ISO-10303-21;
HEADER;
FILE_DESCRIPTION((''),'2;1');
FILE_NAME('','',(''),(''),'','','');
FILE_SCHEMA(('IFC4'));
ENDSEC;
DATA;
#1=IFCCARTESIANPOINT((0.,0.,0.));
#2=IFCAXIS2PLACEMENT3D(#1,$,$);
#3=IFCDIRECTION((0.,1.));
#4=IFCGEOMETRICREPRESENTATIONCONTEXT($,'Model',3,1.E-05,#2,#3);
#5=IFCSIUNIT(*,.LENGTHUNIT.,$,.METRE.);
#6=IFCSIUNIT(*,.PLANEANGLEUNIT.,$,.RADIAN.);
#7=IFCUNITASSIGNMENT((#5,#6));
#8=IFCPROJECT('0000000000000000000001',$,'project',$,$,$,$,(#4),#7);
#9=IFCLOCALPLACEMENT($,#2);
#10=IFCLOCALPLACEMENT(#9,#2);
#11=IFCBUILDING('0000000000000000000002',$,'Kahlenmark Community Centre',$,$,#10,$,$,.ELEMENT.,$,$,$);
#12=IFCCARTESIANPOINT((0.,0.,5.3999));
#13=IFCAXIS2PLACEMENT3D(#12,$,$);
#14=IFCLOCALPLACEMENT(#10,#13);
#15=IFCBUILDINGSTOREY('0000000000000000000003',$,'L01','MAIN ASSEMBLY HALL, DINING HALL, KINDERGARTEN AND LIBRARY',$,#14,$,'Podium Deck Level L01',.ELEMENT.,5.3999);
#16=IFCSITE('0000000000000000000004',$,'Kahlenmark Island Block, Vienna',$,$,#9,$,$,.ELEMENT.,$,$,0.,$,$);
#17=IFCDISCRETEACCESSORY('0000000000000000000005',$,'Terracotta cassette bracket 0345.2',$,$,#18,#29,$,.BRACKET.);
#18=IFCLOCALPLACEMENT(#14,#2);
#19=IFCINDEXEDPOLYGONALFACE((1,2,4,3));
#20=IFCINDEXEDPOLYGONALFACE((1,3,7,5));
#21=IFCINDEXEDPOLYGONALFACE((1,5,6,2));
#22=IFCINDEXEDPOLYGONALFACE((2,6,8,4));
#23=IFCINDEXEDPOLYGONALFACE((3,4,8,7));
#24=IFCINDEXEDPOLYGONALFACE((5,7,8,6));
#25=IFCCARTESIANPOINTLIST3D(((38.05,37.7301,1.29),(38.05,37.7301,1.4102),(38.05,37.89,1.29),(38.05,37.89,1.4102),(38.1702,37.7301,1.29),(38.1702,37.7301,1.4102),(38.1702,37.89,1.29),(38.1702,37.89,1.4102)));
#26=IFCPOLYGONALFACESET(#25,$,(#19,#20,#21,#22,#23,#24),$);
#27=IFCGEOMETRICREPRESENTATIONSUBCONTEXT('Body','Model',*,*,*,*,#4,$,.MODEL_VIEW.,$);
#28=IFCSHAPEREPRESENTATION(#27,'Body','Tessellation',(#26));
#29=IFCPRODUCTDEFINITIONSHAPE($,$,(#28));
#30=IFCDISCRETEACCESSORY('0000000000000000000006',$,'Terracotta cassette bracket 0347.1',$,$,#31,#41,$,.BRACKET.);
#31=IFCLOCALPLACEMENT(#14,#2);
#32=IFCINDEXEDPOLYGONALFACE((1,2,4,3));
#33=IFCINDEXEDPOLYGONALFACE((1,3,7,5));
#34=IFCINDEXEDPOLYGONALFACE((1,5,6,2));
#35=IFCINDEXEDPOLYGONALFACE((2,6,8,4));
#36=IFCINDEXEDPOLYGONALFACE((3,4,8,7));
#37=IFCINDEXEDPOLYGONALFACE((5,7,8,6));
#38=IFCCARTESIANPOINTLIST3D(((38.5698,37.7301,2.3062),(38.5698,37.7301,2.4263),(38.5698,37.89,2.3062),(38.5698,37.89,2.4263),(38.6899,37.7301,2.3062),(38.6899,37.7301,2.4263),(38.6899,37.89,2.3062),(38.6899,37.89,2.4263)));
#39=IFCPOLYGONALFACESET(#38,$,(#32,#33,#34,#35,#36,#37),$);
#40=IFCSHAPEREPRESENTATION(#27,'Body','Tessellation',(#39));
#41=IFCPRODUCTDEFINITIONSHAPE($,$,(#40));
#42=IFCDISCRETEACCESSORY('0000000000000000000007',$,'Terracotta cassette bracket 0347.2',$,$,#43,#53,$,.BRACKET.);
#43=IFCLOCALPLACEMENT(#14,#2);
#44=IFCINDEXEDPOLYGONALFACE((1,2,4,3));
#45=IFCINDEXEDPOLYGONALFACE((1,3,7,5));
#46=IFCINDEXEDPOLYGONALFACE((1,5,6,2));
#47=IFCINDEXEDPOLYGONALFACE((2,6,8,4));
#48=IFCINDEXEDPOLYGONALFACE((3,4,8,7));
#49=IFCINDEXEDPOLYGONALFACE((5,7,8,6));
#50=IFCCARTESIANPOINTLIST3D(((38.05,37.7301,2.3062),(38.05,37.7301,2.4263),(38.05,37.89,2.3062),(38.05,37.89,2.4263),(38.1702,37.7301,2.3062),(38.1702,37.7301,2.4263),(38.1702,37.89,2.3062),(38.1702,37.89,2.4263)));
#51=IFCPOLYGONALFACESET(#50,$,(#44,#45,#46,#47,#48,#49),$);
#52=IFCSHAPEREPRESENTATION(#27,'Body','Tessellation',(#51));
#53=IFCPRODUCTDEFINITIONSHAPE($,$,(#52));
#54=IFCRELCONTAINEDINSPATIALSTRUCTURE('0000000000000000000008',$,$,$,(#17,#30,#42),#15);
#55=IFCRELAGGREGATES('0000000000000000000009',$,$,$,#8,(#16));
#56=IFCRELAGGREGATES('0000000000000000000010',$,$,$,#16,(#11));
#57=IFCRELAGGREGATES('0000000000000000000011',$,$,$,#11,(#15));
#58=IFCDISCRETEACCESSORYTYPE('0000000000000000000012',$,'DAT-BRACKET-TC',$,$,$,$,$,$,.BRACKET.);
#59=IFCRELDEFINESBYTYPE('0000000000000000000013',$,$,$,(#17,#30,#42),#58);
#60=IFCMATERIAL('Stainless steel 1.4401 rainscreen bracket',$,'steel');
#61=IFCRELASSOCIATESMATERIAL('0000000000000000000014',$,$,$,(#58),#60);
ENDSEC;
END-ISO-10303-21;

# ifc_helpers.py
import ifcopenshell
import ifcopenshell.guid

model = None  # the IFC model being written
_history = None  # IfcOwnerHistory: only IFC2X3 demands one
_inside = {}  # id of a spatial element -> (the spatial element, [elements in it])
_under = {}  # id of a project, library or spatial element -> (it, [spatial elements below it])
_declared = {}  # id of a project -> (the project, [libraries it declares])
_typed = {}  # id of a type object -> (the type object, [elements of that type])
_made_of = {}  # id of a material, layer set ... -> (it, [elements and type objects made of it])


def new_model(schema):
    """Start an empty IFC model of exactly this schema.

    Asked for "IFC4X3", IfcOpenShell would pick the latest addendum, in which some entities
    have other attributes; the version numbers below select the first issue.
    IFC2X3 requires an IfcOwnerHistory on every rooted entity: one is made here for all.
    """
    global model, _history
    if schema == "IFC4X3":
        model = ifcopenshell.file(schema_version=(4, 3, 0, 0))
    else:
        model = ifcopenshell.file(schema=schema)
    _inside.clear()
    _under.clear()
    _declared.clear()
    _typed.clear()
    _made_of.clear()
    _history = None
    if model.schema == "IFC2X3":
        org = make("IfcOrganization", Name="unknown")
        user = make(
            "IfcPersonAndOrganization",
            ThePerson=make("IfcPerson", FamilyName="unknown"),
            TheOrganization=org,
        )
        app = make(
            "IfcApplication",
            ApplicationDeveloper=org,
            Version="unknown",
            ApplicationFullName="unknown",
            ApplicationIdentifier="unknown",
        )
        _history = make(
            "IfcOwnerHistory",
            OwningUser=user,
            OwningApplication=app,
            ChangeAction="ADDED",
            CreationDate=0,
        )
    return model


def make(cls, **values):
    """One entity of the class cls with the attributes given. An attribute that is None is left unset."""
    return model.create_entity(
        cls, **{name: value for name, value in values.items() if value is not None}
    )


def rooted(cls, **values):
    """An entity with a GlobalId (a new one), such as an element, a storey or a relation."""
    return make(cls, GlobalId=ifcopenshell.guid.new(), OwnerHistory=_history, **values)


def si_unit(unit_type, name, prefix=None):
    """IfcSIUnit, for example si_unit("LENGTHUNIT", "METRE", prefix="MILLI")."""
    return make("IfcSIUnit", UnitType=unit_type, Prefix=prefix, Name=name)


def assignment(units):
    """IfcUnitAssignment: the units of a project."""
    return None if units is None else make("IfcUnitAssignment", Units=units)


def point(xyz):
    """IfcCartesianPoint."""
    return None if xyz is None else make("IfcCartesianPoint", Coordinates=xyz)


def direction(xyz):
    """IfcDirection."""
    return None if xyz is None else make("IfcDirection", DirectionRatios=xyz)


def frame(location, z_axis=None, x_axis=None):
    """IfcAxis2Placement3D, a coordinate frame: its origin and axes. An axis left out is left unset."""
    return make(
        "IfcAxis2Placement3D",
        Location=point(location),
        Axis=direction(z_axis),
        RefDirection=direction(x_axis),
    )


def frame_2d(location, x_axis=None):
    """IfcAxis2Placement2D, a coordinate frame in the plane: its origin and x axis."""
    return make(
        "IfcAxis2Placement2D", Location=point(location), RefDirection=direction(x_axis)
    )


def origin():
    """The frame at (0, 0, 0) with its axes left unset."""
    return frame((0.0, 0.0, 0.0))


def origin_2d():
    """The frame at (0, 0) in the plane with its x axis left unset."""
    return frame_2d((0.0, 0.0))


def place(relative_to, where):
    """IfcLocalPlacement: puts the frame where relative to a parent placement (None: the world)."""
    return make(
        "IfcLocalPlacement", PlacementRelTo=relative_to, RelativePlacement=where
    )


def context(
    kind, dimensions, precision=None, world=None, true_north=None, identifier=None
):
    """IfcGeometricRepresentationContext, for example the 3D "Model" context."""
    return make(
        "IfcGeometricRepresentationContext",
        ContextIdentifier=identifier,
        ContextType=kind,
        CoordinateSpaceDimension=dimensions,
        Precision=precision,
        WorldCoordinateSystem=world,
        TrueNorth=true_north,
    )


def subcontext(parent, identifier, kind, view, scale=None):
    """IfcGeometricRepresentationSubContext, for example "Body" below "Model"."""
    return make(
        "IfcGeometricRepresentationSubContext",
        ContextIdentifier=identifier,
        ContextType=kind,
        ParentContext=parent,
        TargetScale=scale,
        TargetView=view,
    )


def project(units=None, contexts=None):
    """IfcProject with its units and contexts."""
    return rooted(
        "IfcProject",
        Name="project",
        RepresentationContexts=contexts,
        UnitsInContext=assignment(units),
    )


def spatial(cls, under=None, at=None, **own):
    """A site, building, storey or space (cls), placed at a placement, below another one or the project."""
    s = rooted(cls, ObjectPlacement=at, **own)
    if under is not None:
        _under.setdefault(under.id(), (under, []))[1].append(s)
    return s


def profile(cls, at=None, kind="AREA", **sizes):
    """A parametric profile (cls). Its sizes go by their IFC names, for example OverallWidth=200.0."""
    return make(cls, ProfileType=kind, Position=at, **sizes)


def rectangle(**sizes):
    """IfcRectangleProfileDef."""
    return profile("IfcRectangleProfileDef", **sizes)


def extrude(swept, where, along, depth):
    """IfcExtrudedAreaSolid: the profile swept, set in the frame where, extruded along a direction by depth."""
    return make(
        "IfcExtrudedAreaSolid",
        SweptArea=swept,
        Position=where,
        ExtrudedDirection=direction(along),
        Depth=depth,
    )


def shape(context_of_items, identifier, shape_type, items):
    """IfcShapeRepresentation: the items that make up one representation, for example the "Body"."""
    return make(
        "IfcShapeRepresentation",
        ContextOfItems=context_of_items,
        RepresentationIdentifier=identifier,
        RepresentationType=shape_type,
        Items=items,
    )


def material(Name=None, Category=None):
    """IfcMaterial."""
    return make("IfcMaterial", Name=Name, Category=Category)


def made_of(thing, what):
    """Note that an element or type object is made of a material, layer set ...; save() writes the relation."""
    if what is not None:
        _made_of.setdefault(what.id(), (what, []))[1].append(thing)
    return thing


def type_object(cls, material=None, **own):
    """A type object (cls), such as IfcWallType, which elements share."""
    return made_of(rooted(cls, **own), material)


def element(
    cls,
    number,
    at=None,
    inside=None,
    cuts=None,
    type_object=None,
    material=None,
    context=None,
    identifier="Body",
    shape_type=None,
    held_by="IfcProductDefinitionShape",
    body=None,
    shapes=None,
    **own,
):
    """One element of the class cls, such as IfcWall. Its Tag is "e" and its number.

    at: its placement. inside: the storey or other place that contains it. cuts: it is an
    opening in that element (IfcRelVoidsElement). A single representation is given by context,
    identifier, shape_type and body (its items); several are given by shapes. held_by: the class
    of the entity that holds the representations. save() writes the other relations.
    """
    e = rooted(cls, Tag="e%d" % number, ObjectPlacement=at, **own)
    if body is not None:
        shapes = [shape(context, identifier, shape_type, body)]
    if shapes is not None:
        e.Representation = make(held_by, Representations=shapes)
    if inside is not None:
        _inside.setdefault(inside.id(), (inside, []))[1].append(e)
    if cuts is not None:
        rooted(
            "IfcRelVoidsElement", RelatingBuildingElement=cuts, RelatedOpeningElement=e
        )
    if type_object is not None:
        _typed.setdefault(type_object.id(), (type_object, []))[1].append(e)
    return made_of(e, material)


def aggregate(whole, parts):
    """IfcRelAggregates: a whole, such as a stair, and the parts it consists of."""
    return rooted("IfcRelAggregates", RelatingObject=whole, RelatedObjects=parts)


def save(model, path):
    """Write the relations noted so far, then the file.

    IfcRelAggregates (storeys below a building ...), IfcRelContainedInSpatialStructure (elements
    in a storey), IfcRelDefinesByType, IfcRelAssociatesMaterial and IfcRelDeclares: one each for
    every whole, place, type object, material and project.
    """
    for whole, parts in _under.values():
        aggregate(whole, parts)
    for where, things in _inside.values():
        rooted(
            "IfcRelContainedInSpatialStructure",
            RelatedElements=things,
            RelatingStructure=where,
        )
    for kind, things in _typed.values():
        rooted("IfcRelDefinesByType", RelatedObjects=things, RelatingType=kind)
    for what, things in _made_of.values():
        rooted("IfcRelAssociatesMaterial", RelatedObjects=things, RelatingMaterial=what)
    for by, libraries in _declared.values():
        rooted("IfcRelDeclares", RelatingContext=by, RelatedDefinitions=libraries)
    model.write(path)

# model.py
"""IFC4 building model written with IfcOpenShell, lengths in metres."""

from ifc_helpers import new_model, si_unit, direction, frame, origin, origin_2d, place, context, subcontext, project, spatial, rectangle, extrude, material, type_object, element, save


model = new_model("IFC4")

# Units and contexts
model_context = context("Model", 3, precision=1e-05, world=origin(), true_north=direction((0.0, 1.0)))
body_context = subcontext(model_context, "Body", "Model", "MODEL_VIEW")
ifc_project = project(units=[si_unit("LENGTHUNIT", "METRE"), si_unit("PLANEANGLEUNIT", "RADIAN")], contexts=[model_context])

# Site, building, storey
site_placement = place(None, origin())
site = spatial("IfcSite", under=ifc_project, at=site_placement, Name="Kahlenmark Island Block, Vienna", CompositionType="ELEMENT", RefElevation=0.0)
building_placement = place(site_placement, origin())
building = spatial("IfcBuilding", under=site, at=building_placement, Name="Kahlenmark Community Centre", CompositionType="ELEMENT")
storey_placement = place(building_placement, frame((0.0, 0.0, 5.3999)))
storey = spatial("IfcBuildingStorey", under=building, at=storey_placement, Name="L01", Description="MAIN ASSEMBLY HALL, DINING HALL, KINDERGARTEN AND LIBRARY", LongName="Podium Deck Level L01", CompositionType="ELEMENT", Elevation=5.3999)

# Discrete accessories
ifc_material_1 = material(Name="Stainless steel 1.4401 rainscreen bracket", Category="steel")
discrete_accessory_type = type_object("IfcDiscreteAccessoryType", Name="DAT-BRACKET-TC", PredefinedType="BRACKET", material=ifc_material_1)
for number, where, z_axis, x_axis, name in (
    (1, (38.1101, 37.8101, 1.29), (0.0, 0.0, 1.0), (-1.0, 0.0, 0.0), "Terracotta cassette bracket 0345.2"),
    (2, (38.6299, 37.8101, 2.3062), (0.0, 0.0, 1.0), (-1.0, 0.0, 0.0), "Terracotta cassette bracket 0347.1"),
    (3, (38.1101, 37.8101, 2.3062), (0.0, 0.0, 1.0), (-1.0, 0.0, 0.0), "Terracotta cassette bracket 0347.2"),
):
    element("IfcDiscreteAccessory", number, at=place(storey_placement, frame(where, z_axis=z_axis, x_axis=x_axis)), inside=storey, type_object=discrete_accessory_type, Name=name, PredefinedType="BRACKET", context=body_context, shape_type="SweptSolid", body=[
        extrude(rectangle(XDim=0.1201, YDim=0.1599, at=origin_2d()), origin(), (0.0, 0.0, 1.0), 0.1201),
    ])

save(model, "model.ifc")
